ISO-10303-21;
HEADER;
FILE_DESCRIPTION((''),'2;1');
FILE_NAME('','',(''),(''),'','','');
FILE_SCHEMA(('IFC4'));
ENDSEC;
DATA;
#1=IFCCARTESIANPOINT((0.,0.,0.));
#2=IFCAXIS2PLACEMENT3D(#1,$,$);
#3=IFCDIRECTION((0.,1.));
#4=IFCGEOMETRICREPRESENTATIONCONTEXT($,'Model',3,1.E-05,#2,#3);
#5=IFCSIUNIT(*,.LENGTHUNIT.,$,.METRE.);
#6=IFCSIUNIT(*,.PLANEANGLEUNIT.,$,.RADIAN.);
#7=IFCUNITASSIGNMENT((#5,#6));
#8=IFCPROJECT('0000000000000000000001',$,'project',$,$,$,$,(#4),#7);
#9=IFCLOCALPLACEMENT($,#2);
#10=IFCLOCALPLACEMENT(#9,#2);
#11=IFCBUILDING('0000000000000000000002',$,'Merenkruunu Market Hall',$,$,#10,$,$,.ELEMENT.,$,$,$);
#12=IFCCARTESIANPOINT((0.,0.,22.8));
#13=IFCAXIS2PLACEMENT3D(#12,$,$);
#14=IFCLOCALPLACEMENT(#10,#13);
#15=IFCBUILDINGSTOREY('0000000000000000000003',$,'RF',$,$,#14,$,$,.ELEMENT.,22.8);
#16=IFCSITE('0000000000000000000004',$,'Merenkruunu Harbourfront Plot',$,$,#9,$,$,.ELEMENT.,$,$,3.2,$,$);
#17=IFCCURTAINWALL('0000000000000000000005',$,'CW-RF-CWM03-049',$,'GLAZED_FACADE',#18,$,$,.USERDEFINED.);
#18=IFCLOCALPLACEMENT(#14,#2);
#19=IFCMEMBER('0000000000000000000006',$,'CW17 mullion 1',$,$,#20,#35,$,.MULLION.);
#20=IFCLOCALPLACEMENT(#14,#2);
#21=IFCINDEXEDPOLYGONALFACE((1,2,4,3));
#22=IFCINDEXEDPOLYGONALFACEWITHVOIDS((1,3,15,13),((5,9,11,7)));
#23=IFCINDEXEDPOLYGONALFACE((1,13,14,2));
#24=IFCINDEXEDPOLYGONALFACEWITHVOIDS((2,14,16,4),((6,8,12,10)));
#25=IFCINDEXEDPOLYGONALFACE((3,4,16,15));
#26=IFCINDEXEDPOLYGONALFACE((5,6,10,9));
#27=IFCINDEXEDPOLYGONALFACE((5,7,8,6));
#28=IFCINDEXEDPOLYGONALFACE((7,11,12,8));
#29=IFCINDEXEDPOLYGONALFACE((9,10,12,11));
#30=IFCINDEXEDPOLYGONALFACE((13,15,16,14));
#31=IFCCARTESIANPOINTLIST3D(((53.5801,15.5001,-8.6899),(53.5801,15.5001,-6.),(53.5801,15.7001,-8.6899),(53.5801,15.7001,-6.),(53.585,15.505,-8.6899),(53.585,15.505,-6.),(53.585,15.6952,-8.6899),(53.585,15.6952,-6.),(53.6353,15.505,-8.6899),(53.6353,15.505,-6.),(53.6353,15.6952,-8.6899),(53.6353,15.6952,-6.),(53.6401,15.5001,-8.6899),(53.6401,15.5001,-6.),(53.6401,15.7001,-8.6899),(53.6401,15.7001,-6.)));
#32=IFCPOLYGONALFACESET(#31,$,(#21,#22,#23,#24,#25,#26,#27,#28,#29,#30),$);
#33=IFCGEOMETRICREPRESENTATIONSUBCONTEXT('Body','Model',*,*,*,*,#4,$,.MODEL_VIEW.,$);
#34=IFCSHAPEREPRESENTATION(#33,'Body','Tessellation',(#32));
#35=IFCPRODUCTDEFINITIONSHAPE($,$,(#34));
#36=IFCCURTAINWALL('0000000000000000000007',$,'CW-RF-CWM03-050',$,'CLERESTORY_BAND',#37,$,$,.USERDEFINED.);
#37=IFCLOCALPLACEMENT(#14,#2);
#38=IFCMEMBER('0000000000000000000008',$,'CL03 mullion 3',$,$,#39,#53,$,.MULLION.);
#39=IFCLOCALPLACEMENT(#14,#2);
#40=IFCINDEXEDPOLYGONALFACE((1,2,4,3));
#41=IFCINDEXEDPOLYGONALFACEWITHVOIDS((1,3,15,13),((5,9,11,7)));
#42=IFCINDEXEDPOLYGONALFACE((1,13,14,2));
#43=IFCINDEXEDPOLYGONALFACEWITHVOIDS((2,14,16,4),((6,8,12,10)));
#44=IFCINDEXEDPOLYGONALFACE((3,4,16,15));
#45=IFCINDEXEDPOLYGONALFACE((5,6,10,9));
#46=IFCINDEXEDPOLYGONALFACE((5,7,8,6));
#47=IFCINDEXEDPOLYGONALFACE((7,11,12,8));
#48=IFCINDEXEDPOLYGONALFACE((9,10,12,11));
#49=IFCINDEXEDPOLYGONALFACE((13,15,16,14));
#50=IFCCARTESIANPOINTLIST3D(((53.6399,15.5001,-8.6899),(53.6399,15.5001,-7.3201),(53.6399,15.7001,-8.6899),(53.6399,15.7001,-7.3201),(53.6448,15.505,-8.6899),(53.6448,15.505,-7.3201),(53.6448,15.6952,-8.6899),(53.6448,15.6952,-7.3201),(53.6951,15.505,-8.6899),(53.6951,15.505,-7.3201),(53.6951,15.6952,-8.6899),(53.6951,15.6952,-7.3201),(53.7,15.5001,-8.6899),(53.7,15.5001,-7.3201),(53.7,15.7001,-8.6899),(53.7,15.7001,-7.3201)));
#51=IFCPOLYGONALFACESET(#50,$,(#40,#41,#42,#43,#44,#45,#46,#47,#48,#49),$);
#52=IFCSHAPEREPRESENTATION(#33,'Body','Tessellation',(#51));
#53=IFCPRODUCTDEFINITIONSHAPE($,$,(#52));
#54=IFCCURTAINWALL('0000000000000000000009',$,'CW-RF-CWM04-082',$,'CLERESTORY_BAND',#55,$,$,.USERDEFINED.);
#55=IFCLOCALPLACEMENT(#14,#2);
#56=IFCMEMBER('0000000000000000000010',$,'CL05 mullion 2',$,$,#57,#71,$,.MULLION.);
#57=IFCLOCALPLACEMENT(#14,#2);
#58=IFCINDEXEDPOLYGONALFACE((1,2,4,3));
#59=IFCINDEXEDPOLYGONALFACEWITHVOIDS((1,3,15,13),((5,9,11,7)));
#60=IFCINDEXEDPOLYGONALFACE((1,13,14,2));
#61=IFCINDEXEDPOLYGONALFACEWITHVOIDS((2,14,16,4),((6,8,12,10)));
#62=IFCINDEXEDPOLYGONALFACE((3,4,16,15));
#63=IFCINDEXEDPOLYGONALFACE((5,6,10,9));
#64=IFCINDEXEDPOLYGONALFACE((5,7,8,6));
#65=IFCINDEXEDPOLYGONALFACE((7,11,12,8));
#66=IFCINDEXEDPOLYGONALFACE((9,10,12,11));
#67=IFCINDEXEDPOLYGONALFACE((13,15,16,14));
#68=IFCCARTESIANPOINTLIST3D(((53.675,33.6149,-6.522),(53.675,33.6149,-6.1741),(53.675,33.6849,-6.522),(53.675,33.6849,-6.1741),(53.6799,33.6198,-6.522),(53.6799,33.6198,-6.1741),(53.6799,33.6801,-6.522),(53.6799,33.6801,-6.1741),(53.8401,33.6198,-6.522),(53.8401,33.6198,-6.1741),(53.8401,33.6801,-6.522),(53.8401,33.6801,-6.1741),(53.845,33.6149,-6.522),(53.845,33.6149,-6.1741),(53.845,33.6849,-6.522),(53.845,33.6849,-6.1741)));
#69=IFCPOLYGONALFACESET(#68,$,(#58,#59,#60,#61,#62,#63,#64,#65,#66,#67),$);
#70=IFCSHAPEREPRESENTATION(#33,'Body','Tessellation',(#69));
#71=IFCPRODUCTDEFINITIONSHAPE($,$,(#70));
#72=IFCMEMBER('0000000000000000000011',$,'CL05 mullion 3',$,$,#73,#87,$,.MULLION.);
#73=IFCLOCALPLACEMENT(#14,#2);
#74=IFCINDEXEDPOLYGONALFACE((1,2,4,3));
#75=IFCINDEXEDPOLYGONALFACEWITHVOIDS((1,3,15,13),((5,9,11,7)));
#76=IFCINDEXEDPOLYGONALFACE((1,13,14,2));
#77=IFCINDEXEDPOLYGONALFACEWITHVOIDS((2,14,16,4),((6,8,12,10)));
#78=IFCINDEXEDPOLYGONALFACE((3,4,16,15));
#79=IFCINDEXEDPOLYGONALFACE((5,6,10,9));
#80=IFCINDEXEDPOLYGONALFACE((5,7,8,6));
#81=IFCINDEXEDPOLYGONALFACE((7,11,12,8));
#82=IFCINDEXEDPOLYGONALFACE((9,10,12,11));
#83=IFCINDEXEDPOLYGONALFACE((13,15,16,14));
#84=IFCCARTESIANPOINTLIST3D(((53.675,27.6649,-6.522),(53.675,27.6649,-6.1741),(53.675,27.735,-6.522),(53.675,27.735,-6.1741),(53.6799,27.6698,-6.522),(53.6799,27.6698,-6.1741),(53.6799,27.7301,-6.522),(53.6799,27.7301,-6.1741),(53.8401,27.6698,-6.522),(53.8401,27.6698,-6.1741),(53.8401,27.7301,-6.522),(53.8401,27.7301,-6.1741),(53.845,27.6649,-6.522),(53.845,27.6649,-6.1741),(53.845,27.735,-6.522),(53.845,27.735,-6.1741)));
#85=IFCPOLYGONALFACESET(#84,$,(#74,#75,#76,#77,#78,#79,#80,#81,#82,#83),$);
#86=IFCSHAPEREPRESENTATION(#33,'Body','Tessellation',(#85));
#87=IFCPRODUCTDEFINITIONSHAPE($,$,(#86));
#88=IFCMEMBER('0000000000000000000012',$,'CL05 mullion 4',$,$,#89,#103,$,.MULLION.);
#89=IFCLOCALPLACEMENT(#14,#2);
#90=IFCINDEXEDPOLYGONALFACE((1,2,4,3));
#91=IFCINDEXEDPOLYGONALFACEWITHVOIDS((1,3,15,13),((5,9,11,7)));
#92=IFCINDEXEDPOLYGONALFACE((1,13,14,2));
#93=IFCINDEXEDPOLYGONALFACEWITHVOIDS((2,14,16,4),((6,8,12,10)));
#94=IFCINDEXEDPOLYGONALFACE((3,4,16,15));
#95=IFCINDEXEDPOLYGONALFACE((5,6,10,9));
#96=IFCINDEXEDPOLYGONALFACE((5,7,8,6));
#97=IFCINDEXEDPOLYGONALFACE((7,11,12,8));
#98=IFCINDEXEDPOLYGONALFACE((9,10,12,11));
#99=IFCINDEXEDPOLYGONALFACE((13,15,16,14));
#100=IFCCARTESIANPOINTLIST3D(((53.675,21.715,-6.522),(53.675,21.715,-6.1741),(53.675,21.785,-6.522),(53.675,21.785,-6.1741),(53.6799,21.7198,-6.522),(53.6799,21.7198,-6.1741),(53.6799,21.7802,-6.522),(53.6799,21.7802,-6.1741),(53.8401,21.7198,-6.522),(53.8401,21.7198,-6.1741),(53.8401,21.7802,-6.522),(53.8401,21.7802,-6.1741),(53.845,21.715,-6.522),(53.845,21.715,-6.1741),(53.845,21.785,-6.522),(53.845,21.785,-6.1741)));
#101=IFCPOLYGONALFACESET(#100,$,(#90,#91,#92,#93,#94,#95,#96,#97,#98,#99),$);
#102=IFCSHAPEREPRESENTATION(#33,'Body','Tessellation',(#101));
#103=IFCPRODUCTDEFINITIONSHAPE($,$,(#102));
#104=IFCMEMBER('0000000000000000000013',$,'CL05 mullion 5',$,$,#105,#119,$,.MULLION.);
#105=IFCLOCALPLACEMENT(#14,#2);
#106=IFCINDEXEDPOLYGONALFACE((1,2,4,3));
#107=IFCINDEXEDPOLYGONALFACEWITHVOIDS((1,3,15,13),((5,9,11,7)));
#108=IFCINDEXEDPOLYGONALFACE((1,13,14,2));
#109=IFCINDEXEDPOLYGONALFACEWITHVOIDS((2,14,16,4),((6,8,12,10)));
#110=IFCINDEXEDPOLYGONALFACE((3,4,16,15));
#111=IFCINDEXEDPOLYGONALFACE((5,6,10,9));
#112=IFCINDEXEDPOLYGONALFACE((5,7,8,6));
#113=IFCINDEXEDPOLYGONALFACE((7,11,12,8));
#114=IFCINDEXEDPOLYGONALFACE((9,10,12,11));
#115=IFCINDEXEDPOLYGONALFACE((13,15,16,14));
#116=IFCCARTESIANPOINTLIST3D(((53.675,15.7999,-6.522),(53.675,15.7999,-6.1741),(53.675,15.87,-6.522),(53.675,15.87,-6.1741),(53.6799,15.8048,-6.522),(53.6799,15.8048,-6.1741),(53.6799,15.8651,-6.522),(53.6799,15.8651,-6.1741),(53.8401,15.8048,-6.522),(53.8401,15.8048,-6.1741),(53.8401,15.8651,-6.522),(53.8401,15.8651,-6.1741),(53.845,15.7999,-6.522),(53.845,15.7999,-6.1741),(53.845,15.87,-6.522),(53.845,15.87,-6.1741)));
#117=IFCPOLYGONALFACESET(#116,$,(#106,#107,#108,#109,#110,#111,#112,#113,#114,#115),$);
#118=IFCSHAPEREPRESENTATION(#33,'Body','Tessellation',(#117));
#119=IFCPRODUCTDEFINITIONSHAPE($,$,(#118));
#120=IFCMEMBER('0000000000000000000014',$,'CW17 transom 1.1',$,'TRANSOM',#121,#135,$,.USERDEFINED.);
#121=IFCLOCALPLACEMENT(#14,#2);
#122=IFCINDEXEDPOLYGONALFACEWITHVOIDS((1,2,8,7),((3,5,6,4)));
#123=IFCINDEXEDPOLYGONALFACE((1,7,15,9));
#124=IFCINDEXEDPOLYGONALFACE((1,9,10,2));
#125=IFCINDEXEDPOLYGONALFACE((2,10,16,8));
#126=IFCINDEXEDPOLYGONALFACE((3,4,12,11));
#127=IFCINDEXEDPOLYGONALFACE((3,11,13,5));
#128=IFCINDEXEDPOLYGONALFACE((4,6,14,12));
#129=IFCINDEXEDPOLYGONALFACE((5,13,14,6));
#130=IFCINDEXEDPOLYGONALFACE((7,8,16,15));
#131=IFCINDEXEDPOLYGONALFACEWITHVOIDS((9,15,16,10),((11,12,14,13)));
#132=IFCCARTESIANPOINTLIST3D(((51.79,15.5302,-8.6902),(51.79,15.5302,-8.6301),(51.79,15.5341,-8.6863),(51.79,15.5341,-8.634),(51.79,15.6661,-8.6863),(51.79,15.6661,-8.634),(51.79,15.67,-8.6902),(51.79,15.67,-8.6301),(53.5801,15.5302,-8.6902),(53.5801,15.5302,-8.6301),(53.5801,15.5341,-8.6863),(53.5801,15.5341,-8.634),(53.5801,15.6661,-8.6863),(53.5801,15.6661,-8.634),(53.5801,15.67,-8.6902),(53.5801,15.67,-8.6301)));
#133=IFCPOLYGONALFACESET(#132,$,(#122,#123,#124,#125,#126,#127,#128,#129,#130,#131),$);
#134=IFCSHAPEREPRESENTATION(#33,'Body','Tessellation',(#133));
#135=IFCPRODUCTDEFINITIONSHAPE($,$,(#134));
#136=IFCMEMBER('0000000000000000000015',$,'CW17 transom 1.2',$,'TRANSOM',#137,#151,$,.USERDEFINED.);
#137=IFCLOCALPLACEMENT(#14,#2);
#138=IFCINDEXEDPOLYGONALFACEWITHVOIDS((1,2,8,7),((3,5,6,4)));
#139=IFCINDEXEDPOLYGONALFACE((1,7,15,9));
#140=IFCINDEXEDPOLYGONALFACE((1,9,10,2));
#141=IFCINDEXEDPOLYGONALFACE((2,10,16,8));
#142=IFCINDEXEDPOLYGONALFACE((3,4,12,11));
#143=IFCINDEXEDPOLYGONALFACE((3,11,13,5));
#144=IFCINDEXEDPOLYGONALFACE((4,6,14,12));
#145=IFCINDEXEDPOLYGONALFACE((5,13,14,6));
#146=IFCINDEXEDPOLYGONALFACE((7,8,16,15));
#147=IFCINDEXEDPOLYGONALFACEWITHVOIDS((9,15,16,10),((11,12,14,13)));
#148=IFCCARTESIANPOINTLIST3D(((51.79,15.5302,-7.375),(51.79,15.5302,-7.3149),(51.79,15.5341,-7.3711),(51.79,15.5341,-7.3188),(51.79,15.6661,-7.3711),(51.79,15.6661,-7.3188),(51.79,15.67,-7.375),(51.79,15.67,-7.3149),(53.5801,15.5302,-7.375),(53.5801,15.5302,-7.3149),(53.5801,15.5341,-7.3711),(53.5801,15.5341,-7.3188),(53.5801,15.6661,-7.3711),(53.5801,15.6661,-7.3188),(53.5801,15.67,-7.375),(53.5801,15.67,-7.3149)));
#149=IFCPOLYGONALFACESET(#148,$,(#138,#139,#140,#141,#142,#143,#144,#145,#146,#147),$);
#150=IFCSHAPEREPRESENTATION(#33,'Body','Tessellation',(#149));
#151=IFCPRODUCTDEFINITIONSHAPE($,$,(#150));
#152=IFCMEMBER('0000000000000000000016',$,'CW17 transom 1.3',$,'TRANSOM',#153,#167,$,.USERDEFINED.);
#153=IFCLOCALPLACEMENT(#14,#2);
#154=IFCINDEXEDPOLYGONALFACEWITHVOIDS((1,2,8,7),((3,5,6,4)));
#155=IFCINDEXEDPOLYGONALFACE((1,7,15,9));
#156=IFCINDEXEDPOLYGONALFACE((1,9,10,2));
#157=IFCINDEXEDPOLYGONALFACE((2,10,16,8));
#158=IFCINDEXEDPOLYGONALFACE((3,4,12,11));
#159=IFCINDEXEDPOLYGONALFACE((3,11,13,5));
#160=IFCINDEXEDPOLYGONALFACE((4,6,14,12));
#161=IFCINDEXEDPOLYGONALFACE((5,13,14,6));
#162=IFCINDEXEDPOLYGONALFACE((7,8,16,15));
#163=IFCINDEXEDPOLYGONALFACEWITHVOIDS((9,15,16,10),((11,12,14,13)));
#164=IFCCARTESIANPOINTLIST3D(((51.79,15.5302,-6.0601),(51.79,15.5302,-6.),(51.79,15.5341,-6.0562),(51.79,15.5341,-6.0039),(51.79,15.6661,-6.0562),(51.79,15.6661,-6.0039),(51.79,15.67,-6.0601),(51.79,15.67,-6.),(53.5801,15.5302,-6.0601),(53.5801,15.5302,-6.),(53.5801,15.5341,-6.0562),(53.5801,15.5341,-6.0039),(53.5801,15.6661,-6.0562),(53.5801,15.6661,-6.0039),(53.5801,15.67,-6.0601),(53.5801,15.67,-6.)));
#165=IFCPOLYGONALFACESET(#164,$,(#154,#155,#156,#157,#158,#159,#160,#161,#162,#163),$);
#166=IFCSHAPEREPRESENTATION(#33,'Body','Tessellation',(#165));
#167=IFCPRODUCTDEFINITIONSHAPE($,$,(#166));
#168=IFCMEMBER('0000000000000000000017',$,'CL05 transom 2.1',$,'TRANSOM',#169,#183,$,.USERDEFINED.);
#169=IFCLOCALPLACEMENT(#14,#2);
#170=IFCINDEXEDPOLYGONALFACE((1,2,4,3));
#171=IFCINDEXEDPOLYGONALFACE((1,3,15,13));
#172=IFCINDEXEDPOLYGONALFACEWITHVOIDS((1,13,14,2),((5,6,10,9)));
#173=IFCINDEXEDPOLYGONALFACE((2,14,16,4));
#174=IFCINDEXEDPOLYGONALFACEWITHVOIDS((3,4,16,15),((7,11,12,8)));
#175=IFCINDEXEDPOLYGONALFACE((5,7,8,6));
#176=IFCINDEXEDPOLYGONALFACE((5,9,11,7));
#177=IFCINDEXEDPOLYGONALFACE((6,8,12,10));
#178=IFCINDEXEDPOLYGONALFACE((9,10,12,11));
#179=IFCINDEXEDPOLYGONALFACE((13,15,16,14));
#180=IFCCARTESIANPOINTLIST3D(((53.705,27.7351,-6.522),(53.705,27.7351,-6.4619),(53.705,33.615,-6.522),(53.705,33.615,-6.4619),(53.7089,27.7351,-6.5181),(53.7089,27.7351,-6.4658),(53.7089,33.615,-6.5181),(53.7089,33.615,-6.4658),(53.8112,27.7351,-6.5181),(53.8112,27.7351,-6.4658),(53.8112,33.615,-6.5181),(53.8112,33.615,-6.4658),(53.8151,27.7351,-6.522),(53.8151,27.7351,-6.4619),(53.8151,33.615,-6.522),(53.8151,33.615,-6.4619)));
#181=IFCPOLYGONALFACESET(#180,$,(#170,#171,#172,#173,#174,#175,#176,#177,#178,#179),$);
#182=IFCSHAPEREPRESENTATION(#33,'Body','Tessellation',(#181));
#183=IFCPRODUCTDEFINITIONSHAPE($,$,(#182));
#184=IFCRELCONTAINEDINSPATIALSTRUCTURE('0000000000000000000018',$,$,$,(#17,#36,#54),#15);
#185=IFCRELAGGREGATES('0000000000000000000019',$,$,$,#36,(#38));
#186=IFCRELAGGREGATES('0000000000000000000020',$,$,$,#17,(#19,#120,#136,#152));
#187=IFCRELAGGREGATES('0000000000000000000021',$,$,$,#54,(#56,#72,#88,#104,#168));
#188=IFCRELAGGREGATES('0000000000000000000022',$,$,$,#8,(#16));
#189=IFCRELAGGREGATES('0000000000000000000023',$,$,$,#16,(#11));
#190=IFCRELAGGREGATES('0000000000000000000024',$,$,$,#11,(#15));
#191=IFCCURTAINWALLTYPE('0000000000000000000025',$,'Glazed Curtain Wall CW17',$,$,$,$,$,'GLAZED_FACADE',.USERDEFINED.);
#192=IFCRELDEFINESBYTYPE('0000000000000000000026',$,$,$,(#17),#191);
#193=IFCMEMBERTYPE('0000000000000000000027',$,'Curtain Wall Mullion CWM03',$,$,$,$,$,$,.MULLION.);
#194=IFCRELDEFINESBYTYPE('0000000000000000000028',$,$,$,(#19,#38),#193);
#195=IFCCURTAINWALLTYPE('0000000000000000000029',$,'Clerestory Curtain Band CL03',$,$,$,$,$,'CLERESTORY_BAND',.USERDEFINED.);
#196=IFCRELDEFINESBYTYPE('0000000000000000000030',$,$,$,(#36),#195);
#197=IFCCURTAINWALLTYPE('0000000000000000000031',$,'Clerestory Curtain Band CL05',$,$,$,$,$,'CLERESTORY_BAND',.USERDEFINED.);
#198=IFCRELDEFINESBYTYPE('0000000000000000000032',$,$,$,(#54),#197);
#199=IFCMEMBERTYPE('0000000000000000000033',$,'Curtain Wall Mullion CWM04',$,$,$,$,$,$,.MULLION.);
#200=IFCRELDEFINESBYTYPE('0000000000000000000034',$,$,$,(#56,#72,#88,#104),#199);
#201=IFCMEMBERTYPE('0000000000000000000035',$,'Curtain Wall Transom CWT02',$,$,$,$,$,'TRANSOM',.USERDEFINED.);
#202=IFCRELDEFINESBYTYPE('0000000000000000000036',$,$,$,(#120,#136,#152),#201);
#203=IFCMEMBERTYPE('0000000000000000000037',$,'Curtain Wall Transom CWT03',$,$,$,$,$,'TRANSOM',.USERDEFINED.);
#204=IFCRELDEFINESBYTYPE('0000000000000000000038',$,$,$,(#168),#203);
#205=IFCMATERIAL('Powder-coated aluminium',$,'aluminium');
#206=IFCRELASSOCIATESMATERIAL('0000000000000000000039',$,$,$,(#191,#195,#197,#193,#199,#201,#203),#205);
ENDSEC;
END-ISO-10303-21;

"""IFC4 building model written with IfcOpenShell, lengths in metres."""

from ifc_helpers import new_model, si_unit, direction, frame, origin, origin_2d, place, context, subcontext, project, spatial, hollow_rectangle, extrude, material, material_profile, profile_set, type_object, element, aggregate, save


model = new_model("IFC4")

# Units and contexts
model_context = context("Model", 3, precision=1e-05, world=origin(), true_north=direction((0.0, 1.0)))
body_context = subcontext(model_context, "Body", "Model", "MODEL_VIEW")
ifc_project = project(units=[si_unit("LENGTHUNIT", "METRE"), si_unit("PLANEANGLEUNIT", "RADIAN")], contexts=[model_context])

# Site, building, storey
site_placement = place(None, origin())
site = spatial("IfcSite", under=ifc_project, at=site_placement, Name="Merenkruunu Harbourfront Plot", CompositionType="ELEMENT", RefElevation=3.2)
building_placement = place(site_placement, origin())
building = spatial("IfcBuilding", under=site, at=building_placement, Name="Merenkruunu Market Hall", CompositionType="ELEMENT")
storey_placement = place(building_placement, frame((0.0, 0.0, 22.8)))
storey = spatial("IfcBuildingStorey", under=building, at=storey_placement, Name="RF", CompositionType="ELEMENT", Elevation=22.8)

# Curtain walls, members
ifc_material_1 = material(Name="Powder-coated aluminium", Category="aluminium")
curtain_wall_type_1 = type_object("IfcCurtainWallType", Name="Glazed Curtain Wall CW17", ElementType="GLAZED_FACADE", PredefinedType="USERDEFINED", material=ifc_material_1)
curtain_wall_1_placement = place(storey_placement, origin())
curtain_wall_1 = element("IfcCurtainWall", 1, at=curtain_wall_1_placement, inside=storey, type_object=curtain_wall_type_1, Name="CW-RF-CWM03-049", ObjectType="GLAZED_FACADE", PredefinedType="USERDEFINED")
ifc_material_profile_1 = material_profile(ifc_material_1, hollow_rectangle(XDim=0.0601, YDim=0.2, WallThickness=0.0049, at=origin_2d()), Name="ALU 60x200x5")
ifc_profile_set_1 = profile_set([ifc_material_profile_1], Name="Powder-coated aluminium")
member_type_1 = type_object("IfcMemberType", Name="Curtain Wall Mullion CWM03", PredefinedType="MULLION", material=ifc_profile_set_1)
member_1_placement = place(storey_placement, frame((53.6101, 15.6001, -8.6899), z_axis=(0.0, 0.0, 1.0), x_axis=(-1.0, 0.0, 0.0)))
member_1 = element("IfcMember", 2, at=member_1_placement, type_object=member_type_1, Name="CW17 mullion 1", PredefinedType="MULLION", context=body_context, shape_type="SweptSolid", body=[
    extrude(hollow_rectangle(XDim=0.0601, YDim=0.2, WallThickness=0.0049, at=origin_2d()), origin(), (0.0, 0.0, 1.0), 2.6899),
])
curtain_wall_type_2 = type_object("IfcCurtainWallType", Name="Clerestory Curtain Band CL03", ElementType="CLERESTORY_BAND", PredefinedType="USERDEFINED", material=ifc_material_1)
curtain_wall_2_placement = place(storey_placement, origin())
curtain_wall_2 = element("IfcCurtainWall", 3, at=curtain_wall_2_placement, inside=storey, type_object=curtain_wall_type_2, Name="CW-RF-CWM03-050", ObjectType="CLERESTORY_BAND", PredefinedType="USERDEFINED")
member_2_placement = place(storey_placement, frame((53.6699, 15.6001, -8.6899), z_axis=(0.0, 0.0, 1.0), x_axis=(-1.0, 0.0, 0.0)))
member_2 = element("IfcMember", 4, at=member_2_placement, type_object=member_type_1, Name="CL03 mullion 3", PredefinedType="MULLION", context=body_context, shape_type="SweptSolid", body=[
    extrude(hollow_rectangle(XDim=0.0601, YDim=0.2, WallThickness=0.0049, at=origin_2d()), origin(), (0.0, 0.0, 1.0), 1.3699),
])
aggregate(curtain_wall_2, [member_2])

# Curtain wall, members
curtain_wall_type_3 = type_object("IfcCurtainWallType", Name="Clerestory Curtain Band CL05", ElementType="CLERESTORY_BAND", PredefinedType="USERDEFINED", material=ifc_material_1)
curtain_wall_3_placement = place(storey_placement, origin())
curtain_wall_3 = element("IfcCurtainWall", 5, at=curtain_wall_3_placement, inside=storey, type_object=curtain_wall_type_3, Name="CW-RF-CWM04-082", ObjectType="CLERESTORY_BAND", PredefinedType="USERDEFINED")
ifc_material_profile_2 = material_profile(ifc_material_1, hollow_rectangle(XDim=0.0701, YDim=0.1699, WallThickness=0.0049, at=origin_2d()), Name="ALU 70x170x5")
ifc_profile_set_2 = profile_set([ifc_material_profile_2], Name="Powder-coated aluminium")
member_type_2 = type_object("IfcMemberType", Name="Curtain Wall Mullion CWM04", PredefinedType="MULLION", material=ifc_profile_set_2)
member_3_placement = place(storey_placement, frame((53.76, 33.6499, -6.522), z_axis=(0.0, 0.0, 1.0), x_axis=(0.0, -1.0, 0.0)))
member_3 = element("IfcMember", 6, at=member_3_placement, type_object=member_type_2, Name="CL05 mullion 2", PredefinedType="MULLION", context=body_context, shape_type="SweptSolid", body=[
    extrude(hollow_rectangle(XDim=0.0701, YDim=0.1699, WallThickness=0.0049, at=origin_2d()), origin(), (0.0, 0.0, 1.0), 0.3479),
])
member_4_placement = place(storey_placement, frame((53.76, 27.7, -6.522), z_axis=(0.0, 0.0, 1.0), x_axis=(0.0, -1.0, 0.0)))
member_4 = element("IfcMember", 7, at=member_4_placement, type_object=member_type_2, Name="CL05 mullion 3", PredefinedType="MULLION", context=body_context, shape_type="SweptSolid", body=[
    extrude(hollow_rectangle(XDim=0.0701, YDim=0.1699, WallThickness=0.0049, at=origin_2d()), origin(), (0.0, 0.0, 1.0), 0.3479),
])
member_5_placement = place(storey_placement, frame((53.76, 21.75, -6.522), z_axis=(0.0, 0.0, 1.0), x_axis=(0.0, -1.0, 0.0)))
member_5 = element("IfcMember", 8, at=member_5_placement, type_object=member_type_2, Name="CL05 mullion 4", PredefinedType="MULLION", context=body_context, shape_type="SweptSolid", body=[
    extrude(hollow_rectangle(XDim=0.0701, YDim=0.1699, WallThickness=0.0049, at=origin_2d()), origin(), (0.0, 0.0, 1.0), 0.3479),
])
member_6_placement = place(storey_placement, frame((53.76, 15.835, -6.522), z_axis=(0.0, 0.0, 1.0), x_axis=(0.0, -1.0, 0.0)))
member_6 = element("IfcMember", 9, at=member_6_placement, type_object=member_type_2, Name="CL05 mullion 5", PredefinedType="MULLION", context=body_context, shape_type="SweptSolid", body=[
    extrude(hollow_rectangle(XDim=0.0701, YDim=0.1699, WallThickness=0.0049, at=origin_2d()), origin(), (0.0, 0.0, 1.0), 0.3479),
])

# Members
ifc_material_profile_3 = material_profile(ifc_material_1, hollow_rectangle(XDim=0.0601, YDim=0.1399, WallThickness=0.0039, at=origin_2d()), Name="ALU 60x140x4")
ifc_profile_set_3 = profile_set([ifc_material_profile_3], Name="Powder-coated aluminium")
member_type_3 = type_object("IfcMemberType", Name="Curtain Wall Transom CWT02", ElementType="TRANSOM", PredefinedType="USERDEFINED", material=ifc_profile_set_3)
member_7_placement = place(storey_placement, frame((53.5801, 15.6001, -8.6602), z_axis=(-1.0, 0.0, 0.0), x_axis=(0.0, 0.0, 1.0)))
member_7 = element("IfcMember", 10, at=member_7_placement, type_object=member_type_3, Name="CW17 transom 1.1", ObjectType="TRANSOM", PredefinedType="USERDEFINED", context=body_context, shape_type="SweptSolid", body=[
    extrude(hollow_rectangle(XDim=0.0601, YDim=0.1399, WallThickness=0.0039, at=origin_2d()), origin(), (0.0, 0.0, 1.0), 1.79),
])
member_8_placement = place(storey_placement, frame((53.5801, 15.6001, -7.345), z_axis=(-1.0, 0.0, 0.0), x_axis=(0.0, 0.0, 1.0)))
member_8 = element("IfcMember", 11, at=member_8_placement, type_object=member_type_3, Name="CW17 transom 1.2", ObjectType="TRANSOM", PredefinedType="USERDEFINED", context=body_context, shape_type="SweptSolid", body=[
    extrude(hollow_rectangle(XDim=0.0601, YDim=0.1399, WallThickness=0.0039, at=origin_2d()), origin(), (0.0, 0.0, 1.0), 1.79),
])
member_9_placement = place(storey_placement, frame((53.5801, 15.6001, -6.03), z_axis=(-1.0, 0.0, 0.0), x_axis=(0.0, 0.0, 1.0)))
member_9 = element("IfcMember", 12, at=member_9_placement, type_object=member_type_3, Name="CW17 transom 1.3", ObjectType="TRANSOM", PredefinedType="USERDEFINED", context=body_context, shape_type="SweptSolid", body=[
    extrude(hollow_rectangle(XDim=0.0601, YDim=0.1399, WallThickness=0.0039, at=origin_2d()), origin(), (0.0, 0.0, 1.0), 1.79),
])
aggregate(curtain_wall_1, [member_1, member_7, member_8, member_9])
ifc_material_profile_4 = material_profile(ifc_material_1, hollow_rectangle(XDim=0.0601, YDim=0.1101, WallThickness=0.0039, at=origin_2d()), Name="ALU 60x110x4")
ifc_profile_set_4 = profile_set([ifc_material_profile_4], Name="Powder-coated aluminium")
member_type_4 = type_object("IfcMemberType", Name="Curtain Wall Transom CWT03", ElementType="TRANSOM", PredefinedType="USERDEFINED", material=ifc_profile_set_4)
member_10_placement = place(storey_placement, frame((53.76, 33.615, -6.4919), z_axis=(0.0, -1.0, 0.0), x_axis=(0.0, 0.0, 1.0)))
member_10 = element("IfcMember", 13, at=member_10_placement, type_object=member_type_4, Name="CL05 transom 2.1", ObjectType="TRANSOM", PredefinedType="USERDEFINED", context=body_context, shape_type="SweptSolid", body=[
    extrude(hollow_rectangle(XDim=0.0601, YDim=0.1101, WallThickness=0.0039, at=origin_2d()), origin(), (0.0, 0.0, 1.0), 5.8799),
])

aggregate(curtain_wall_3, [member_3, member_4, member_5, member_6, member_10])

save(model, "model.ifc")
